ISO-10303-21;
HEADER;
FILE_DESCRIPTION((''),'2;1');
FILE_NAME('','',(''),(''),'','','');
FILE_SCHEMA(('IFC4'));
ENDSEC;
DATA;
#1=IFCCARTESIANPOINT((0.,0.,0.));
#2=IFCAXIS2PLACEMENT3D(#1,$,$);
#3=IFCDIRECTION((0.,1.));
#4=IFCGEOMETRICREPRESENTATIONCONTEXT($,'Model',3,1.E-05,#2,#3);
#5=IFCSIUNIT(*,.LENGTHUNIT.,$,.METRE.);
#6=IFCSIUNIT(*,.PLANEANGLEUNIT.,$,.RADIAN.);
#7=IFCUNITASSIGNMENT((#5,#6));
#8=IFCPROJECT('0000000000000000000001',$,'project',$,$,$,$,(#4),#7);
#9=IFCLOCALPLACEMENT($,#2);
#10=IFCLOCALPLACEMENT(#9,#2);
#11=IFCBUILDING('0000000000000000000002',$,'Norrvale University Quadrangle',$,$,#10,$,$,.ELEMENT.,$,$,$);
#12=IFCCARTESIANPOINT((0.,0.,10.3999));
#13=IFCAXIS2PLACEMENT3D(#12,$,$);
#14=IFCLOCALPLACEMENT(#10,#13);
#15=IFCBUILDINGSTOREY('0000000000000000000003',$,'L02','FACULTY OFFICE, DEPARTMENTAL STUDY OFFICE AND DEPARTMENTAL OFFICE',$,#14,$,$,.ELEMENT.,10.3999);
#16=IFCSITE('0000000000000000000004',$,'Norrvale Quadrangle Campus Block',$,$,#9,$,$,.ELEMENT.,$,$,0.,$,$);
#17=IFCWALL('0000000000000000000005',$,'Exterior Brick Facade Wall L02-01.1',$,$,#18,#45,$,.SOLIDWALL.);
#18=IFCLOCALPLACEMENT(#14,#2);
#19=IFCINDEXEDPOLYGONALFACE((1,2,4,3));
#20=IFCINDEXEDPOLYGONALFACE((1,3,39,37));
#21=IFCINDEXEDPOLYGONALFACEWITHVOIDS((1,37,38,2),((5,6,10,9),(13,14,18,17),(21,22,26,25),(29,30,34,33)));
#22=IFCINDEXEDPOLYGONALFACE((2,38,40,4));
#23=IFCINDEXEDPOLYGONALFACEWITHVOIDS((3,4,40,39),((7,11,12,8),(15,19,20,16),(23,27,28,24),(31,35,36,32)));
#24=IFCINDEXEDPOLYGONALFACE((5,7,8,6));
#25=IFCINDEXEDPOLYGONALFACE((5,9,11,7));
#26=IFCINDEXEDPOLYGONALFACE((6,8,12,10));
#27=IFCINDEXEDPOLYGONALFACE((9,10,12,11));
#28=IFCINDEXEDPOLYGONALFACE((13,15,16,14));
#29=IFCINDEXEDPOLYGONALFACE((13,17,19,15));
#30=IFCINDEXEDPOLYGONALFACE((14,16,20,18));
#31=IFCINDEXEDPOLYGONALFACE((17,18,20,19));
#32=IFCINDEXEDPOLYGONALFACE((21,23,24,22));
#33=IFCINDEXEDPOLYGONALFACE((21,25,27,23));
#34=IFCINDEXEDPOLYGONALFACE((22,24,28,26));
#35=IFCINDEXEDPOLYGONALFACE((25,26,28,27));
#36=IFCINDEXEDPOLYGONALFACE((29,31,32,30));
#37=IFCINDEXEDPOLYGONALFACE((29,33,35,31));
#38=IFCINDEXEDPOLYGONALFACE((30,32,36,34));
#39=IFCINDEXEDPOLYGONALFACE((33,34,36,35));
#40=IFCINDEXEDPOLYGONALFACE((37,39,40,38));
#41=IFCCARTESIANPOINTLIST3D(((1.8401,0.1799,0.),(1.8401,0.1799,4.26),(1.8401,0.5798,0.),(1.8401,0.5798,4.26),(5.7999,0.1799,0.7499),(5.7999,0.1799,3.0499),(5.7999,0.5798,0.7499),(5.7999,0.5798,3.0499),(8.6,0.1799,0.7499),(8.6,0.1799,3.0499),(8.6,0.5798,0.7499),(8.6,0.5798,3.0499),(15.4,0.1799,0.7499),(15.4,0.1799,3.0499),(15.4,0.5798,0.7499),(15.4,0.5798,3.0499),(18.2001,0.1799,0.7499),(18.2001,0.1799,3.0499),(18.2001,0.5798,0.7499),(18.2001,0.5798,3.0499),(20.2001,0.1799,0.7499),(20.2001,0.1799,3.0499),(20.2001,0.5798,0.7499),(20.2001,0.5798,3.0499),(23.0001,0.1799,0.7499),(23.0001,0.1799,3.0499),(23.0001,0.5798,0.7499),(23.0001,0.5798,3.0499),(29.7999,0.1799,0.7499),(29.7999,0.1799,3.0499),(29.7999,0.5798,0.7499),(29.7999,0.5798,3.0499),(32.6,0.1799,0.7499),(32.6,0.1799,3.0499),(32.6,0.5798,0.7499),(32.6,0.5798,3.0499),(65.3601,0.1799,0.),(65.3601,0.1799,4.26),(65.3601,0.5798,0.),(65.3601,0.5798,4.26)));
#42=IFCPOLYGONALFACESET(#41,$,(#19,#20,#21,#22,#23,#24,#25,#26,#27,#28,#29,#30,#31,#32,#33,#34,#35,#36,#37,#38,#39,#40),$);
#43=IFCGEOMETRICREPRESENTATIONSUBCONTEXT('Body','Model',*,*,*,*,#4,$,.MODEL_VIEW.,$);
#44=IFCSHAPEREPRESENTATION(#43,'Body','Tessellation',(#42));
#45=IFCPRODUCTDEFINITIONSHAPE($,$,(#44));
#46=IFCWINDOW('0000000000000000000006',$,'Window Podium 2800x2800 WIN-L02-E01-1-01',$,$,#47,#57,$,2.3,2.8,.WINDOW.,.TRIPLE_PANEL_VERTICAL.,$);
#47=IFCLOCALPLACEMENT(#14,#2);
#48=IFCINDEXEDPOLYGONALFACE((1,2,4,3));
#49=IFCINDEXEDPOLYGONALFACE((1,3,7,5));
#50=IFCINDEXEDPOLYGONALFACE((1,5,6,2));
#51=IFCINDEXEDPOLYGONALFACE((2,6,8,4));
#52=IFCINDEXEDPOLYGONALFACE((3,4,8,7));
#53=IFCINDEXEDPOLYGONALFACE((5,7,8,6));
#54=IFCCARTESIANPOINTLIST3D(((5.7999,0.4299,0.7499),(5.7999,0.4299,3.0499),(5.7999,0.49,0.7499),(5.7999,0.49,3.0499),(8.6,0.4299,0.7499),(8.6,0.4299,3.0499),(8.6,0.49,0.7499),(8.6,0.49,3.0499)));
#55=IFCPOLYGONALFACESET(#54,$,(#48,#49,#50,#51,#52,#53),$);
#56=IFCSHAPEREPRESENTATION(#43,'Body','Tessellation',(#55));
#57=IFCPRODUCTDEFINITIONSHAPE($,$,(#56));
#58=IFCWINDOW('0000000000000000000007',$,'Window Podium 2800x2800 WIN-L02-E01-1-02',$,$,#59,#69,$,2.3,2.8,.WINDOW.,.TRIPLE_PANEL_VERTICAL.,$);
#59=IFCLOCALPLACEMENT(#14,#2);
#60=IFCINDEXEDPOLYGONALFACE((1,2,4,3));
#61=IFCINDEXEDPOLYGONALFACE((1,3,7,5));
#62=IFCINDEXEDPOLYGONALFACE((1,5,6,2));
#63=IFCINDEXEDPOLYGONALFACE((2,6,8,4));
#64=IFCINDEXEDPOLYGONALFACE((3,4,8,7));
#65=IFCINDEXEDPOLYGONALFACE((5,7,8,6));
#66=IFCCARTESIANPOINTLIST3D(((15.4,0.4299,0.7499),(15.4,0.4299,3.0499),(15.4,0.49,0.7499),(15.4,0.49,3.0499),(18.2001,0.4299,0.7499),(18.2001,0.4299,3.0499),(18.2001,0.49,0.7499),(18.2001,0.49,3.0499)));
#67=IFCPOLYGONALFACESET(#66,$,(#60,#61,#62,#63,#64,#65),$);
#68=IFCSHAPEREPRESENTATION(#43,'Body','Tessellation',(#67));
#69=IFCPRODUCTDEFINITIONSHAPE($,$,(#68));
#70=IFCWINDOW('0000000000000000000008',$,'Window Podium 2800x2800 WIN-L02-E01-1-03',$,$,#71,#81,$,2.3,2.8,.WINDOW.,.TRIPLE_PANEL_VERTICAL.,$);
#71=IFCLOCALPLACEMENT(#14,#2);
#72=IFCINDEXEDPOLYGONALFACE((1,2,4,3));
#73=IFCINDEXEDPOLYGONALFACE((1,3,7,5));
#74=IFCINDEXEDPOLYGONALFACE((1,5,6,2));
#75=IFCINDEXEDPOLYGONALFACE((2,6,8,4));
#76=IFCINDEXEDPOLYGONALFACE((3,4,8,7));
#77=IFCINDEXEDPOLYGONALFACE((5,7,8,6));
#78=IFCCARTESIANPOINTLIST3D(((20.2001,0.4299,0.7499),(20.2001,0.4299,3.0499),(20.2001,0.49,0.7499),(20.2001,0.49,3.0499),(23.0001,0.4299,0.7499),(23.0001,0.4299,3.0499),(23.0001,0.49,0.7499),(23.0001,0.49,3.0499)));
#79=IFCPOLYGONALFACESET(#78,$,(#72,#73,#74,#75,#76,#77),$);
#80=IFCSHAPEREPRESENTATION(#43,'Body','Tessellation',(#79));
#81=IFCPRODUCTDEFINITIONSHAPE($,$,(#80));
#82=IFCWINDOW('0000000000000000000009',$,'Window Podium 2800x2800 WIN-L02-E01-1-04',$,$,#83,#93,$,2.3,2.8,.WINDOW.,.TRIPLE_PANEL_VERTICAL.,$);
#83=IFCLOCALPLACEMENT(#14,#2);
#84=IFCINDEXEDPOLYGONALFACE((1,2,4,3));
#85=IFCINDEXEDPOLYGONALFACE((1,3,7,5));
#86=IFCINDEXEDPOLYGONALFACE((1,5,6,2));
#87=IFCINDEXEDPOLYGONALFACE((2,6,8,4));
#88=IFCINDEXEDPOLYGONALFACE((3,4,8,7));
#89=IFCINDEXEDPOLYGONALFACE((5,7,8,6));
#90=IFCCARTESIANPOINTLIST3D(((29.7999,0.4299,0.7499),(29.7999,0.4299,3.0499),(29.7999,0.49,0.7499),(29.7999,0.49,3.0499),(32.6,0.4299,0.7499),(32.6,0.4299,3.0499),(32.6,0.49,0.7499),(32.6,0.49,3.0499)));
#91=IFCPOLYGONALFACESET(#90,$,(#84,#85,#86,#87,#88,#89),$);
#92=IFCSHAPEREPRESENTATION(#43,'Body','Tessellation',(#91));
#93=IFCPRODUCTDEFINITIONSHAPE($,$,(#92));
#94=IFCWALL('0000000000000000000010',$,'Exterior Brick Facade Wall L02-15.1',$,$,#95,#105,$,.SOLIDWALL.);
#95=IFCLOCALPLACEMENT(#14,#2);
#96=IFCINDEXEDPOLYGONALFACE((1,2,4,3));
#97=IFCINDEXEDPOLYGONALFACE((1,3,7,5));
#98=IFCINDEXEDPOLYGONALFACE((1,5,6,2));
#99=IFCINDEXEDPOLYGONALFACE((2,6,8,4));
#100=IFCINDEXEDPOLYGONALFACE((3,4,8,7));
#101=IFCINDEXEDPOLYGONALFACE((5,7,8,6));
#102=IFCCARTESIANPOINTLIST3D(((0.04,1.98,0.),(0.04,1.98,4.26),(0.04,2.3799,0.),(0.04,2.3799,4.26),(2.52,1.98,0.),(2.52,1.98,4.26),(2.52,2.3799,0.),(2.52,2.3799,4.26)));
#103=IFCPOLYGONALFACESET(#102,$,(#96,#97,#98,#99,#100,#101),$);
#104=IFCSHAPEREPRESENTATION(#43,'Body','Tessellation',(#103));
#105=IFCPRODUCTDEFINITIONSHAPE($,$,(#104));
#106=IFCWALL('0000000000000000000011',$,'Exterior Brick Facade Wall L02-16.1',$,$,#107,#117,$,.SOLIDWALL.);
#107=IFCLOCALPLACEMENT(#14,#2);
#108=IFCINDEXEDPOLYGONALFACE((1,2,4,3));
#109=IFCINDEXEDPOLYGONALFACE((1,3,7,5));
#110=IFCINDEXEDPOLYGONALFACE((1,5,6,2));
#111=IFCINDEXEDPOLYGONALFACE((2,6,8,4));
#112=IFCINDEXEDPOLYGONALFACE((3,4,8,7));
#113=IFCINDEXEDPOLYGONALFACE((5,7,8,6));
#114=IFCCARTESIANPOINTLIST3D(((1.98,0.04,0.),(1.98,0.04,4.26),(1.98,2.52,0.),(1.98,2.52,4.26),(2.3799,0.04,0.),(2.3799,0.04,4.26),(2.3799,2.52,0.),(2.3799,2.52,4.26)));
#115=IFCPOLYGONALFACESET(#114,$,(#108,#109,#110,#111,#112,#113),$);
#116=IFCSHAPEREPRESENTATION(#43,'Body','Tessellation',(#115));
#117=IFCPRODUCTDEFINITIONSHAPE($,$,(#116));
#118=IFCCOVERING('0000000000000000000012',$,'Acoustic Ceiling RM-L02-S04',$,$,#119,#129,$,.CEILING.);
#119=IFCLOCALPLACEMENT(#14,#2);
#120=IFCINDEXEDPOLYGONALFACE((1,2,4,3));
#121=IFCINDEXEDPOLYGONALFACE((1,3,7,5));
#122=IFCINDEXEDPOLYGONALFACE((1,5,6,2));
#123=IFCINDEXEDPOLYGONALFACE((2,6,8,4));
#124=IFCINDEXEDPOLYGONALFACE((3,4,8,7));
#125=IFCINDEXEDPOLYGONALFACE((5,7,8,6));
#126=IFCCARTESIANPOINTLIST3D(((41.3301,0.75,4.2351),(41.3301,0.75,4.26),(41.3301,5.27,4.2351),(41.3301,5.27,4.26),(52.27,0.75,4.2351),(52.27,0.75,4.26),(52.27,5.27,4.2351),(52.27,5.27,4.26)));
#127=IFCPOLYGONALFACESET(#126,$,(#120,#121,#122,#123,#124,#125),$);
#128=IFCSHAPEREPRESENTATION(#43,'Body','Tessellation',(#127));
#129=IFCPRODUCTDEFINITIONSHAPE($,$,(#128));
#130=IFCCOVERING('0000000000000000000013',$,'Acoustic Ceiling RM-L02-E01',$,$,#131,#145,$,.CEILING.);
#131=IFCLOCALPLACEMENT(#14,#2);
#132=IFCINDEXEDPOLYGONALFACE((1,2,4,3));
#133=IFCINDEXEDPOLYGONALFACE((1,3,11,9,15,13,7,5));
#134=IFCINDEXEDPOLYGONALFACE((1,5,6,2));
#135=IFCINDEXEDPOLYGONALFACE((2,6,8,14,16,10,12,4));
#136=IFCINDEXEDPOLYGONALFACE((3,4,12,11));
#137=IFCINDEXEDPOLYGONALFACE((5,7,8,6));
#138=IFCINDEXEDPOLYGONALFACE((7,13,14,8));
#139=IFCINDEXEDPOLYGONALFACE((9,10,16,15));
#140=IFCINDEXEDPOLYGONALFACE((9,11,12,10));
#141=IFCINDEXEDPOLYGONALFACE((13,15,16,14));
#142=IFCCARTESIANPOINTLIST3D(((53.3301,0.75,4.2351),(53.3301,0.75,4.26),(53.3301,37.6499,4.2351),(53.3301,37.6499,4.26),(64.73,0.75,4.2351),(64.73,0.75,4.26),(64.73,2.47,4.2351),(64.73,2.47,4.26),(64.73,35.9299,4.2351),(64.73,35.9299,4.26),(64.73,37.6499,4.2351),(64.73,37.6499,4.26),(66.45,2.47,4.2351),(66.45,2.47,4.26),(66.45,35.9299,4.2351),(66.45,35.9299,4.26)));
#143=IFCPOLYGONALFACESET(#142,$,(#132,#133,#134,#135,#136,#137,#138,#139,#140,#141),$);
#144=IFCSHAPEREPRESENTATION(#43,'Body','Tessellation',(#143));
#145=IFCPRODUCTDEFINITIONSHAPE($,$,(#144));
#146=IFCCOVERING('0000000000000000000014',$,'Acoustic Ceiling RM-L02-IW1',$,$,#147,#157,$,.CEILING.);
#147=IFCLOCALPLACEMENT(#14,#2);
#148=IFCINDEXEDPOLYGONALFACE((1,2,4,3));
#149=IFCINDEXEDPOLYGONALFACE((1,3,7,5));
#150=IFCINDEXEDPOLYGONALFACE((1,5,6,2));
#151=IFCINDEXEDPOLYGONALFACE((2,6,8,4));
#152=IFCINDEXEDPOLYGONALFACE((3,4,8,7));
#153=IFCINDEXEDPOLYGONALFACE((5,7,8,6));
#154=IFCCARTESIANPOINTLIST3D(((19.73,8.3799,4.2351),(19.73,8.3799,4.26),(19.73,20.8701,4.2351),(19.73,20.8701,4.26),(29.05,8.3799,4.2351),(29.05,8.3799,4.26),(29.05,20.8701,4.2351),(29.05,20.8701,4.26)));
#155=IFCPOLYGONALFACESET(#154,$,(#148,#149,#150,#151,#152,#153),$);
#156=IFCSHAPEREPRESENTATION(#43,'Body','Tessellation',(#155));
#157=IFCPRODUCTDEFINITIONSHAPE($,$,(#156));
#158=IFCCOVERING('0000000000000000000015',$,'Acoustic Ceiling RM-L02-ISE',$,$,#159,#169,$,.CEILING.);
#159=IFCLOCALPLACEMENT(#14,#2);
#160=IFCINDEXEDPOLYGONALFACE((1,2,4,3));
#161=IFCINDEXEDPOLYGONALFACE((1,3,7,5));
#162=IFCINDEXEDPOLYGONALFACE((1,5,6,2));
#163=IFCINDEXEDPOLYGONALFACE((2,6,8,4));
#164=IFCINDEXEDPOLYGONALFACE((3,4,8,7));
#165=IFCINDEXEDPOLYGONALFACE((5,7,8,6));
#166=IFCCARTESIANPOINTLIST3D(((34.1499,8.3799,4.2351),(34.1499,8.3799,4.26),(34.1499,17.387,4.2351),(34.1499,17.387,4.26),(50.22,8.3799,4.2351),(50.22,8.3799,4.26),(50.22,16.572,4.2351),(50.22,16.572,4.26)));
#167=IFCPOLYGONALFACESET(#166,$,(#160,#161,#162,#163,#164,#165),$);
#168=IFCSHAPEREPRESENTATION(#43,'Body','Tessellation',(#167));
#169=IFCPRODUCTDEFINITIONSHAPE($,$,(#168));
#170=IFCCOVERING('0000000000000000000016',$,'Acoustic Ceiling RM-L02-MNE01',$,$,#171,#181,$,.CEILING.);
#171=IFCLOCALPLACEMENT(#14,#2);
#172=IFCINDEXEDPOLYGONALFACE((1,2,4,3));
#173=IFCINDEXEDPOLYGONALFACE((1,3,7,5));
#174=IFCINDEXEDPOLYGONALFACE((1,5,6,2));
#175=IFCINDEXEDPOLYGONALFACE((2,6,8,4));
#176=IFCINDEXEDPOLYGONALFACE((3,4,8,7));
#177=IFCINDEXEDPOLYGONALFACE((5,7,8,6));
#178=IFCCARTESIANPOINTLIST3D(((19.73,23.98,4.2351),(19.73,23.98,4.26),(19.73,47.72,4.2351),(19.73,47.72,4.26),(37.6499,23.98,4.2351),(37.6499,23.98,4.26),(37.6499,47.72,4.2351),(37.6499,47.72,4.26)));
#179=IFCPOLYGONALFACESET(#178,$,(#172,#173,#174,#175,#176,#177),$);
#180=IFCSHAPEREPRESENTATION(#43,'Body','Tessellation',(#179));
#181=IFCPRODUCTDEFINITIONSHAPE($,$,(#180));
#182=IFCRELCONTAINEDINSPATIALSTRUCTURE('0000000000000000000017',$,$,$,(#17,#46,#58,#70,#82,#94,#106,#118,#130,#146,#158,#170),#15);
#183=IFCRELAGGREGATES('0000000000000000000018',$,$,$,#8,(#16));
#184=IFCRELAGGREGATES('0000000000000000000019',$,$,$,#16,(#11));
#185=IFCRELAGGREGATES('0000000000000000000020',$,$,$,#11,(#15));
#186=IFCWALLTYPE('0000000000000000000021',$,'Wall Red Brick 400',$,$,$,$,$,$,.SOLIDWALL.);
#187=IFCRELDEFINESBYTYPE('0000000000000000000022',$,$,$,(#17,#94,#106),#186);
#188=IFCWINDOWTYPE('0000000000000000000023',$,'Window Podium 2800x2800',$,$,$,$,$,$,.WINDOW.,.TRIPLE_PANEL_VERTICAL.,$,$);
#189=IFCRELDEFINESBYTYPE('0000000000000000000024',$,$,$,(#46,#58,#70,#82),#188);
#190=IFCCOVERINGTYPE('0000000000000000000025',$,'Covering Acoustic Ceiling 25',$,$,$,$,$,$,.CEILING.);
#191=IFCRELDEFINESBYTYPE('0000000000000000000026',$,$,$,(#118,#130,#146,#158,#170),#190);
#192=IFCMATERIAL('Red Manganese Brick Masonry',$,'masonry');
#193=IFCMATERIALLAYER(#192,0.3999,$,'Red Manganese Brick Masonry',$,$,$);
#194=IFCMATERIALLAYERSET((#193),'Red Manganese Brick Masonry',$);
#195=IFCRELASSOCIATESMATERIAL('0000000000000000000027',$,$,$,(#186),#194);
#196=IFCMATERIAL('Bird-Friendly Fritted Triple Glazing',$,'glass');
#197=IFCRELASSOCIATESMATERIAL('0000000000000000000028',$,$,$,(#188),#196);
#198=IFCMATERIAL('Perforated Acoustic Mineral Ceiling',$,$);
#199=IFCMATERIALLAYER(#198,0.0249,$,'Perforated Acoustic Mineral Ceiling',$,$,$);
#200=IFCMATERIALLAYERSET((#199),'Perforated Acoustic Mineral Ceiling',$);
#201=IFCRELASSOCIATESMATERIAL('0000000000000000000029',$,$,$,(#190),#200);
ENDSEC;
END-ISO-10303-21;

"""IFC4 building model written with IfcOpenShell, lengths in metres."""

from ifc_helpers import new_model, si_unit, direction, frame, frame_2d, origin, place, context, subcontext, project, spatial, polyline, rectangle, outline, extrude, material, layer, layer_set, type_object, element, fill, save


model = new_model("IFC4")

# Units and contexts
model_context = context("Model", 3, precision=1e-05, world=origin(), true_north=direction((0.0, 1.0)))
body_context = subcontext(model_context, "Body", "Model", "MODEL_VIEW")
ifc_project = project(units=[si_unit("LENGTHUNIT", "METRE"), si_unit("PLANEANGLEUNIT", "RADIAN")], contexts=[model_context])

# Site, building, storey
site_placement = place(None, origin())
site = spatial("IfcSite", under=ifc_project, at=site_placement, Name="Norrvale Quadrangle Campus Block", CompositionType="ELEMENT", RefElevation=0.0)
building_placement = place(site_placement, origin())
building = spatial("IfcBuilding", under=site, at=building_placement, Name="Norrvale University Quadrangle", CompositionType="ELEMENT")
storey_placement = place(building_placement, frame((0.0, 0.0, 10.3999)))
storey = spatial("IfcBuildingStorey", under=building, at=storey_placement, Name="L02", Description="FACULTY OFFICE, DEPARTMENTAL STUDY OFFICE AND DEPARTMENTAL OFFICE", CompositionType="ELEMENT", Elevation=10.3999)

# Wall, openings, windows
ifc_material_1 = material(Name="Red Manganese Brick Masonry", Category="masonry")
ifc_layer_1 = layer(ifc_material_1, 0.3999, Name="Red Manganese Brick Masonry")
ifc_layer_set_1 = layer_set([ifc_layer_1], Name="Red Manganese Brick Masonry")
wall_type_1 = type_object("IfcWallType", Name="Wall Red Brick 400", PredefinedType="SOLIDWALL", material=ifc_layer_set_1)
wall_1_placement = place(storey_placement, frame((1.8401, 0.3799, 0.0), z_axis=(0.0, 0.0, 1.0), x_axis=(1.0, 0.0, 0.0)))
wall_1 = element("IfcWall", 1, at=wall_1_placement, inside=storey, type_object=wall_type_1, Name="Exterior Brick Facade Wall L02-01.1", PredefinedType="SOLIDWALL", context=body_context, shape_type="SweptSolid", body=[
    extrude(rectangle(XDim=63.52, YDim=0.3999, at=frame_2d((31.76, 0.0))), origin(), (0.0, 0.0, 1.0), 4.26),
])
opening_1_placement = place(wall_1_placement, frame((3.96, 0.0, 0.75)))
opening_1 = element("IfcOpeningElement", 2, at=opening_1_placement, cuts=wall_1, PredefinedType="OPENING", context=body_context, shape_type="SweptSolid", body=[
    extrude(rectangle(XDim=2.8, YDim=2.3, at=frame_2d((1.3999, 1.1499))), frame((0.0, 0.2119, 0.0), z_axis=(0.0, -1.0, 0.0), x_axis=(1.0, 0.0, 0.0)), (0.0, 0.0, 1.0), 0.4238),
])
opening_2_placement = place(wall_1_placement, frame((13.5601, 0.0, 0.75)))
opening_2 = element("IfcOpeningElement", 3, at=opening_2_placement, cuts=wall_1, PredefinedType="OPENING", context=body_context, shape_type="SweptSolid", body=[
    extrude(rectangle(XDim=2.8, YDim=2.3, at=frame_2d((1.3999, 1.1499))), frame((0.0, 0.2119, 0.0), z_axis=(0.0, -1.0, 0.0), x_axis=(1.0, 0.0, 0.0)), (0.0, 0.0, 1.0), 0.4238),
])
opening_3_placement = place(wall_1_placement, frame((18.3601, 0.0, 0.75)))
opening_3 = element("IfcOpeningElement", 4, at=opening_3_placement, cuts=wall_1, PredefinedType="OPENING", context=body_context, shape_type="SweptSolid", body=[
    extrude(rectangle(XDim=2.8, YDim=2.3, at=frame_2d((1.3999, 1.1499))), frame((0.0, 0.2119, 0.0), z_axis=(0.0, -1.0, 0.0), x_axis=(1.0, 0.0, 0.0)), (0.0, 0.0, 1.0), 0.4238),
])
opening_4_placement = place(wall_1_placement, frame((27.96, 0.0, 0.75)))
opening_4 = element("IfcOpeningElement", 5, at=opening_4_placement, cuts=wall_1, PredefinedType="OPENING", context=body_context, shape_type="SweptSolid", body=[
    extrude(rectangle(XDim=2.8, YDim=2.3, at=frame_2d((1.3999, 1.1499))), frame((0.0, 0.2119, 0.0), z_axis=(0.0, -1.0, 0.0), x_axis=(1.0, 0.0, 0.0)), (0.0, 0.0, 1.0), 0.4238),
])
ifc_material_2 = material(Name="Bird-Friendly Fritted Triple Glazing", Category="glass")
window_type = type_object("IfcWindowType", Name="Window Podium 2800x2800", PartitioningType="TRIPLE_PANEL_VERTICAL", PredefinedType="WINDOW", material=ifc_material_2)
window_1_placement = place(opening_1_placement, origin())
window_1 = element("IfcWindow", 6, at=window_1_placement, inside=storey, type_object=window_type, Name="Window Podium 2800x2800 WIN-L02-E01-1-01", OverallHeight=2.3, OverallWidth=2.8, PartitioningType="TRIPLE_PANEL_VERTICAL", PredefinedType="WINDOW", context=body_context, shape_type="SweptSolid", body=[
    extrude(rectangle(XDim=2.8, YDim=2.3, at=frame_2d((1.3999, 1.1499))), frame((0.0, 0.1101, 0.0), z_axis=(0.0, -1.0, 0.0), x_axis=(1.0, 0.0, 0.0)), (0.0, 0.0, 1.0), 0.0601),
])
fill(opening_1, window_1)
window_2_placement = place(opening_2_placement, origin())
window_2 = element("IfcWindow", 7, at=window_2_placement, inside=storey, type_object=window_type, Name="Window Podium 2800x2800 WIN-L02-E01-1-02", OverallHeight=2.3, OverallWidth=2.8, PartitioningType="TRIPLE_PANEL_VERTICAL", PredefinedType="WINDOW", context=body_context, shape_type="SweptSolid", body=[
    extrude(rectangle(XDim=2.8, YDim=2.3, at=frame_2d((1.3999, 1.1499))), frame((0.0, 0.1101, 0.0), z_axis=(0.0, -1.0, 0.0), x_axis=(1.0, 0.0, 0.0)), (0.0, 0.0, 1.0), 0.0601),
])
fill(opening_2, window_2)
window_3_placement = place(opening_3_placement, origin())
window_3 = element("IfcWindow", 8, at=window_3_placement, inside=storey, type_object=window_type, Name="Window Podium 2800x2800 WIN-L02-E01-1-03", OverallHeight=2.3, OverallWidth=2.8, PartitioningType="TRIPLE_PANEL_VERTICAL", PredefinedType="WINDOW", context=body_context, shape_type="SweptSolid", body=[
    extrude(rectangle(XDim=2.8, YDim=2.3, at=frame_2d((1.3999, 1.1499))), frame((0.0, 0.1101, 0.0), z_axis=(0.0, -1.0, 0.0), x_axis=(1.0, 0.0, 0.0)), (0.0, 0.0, 1.0), 0.0601),
])
fill(opening_3, window_3)
window_4_placement = place(opening_4_placement, origin())
window_4 = element("IfcWindow", 9, at=window_4_placement, inside=storey, type_object=window_type, Name="Window Podium 2800x2800 WIN-L02-E01-1-04", OverallHeight=2.3, OverallWidth=2.8, PartitioningType="TRIPLE_PANEL_VERTICAL", PredefinedType="WINDOW", context=body_context, shape_type="SweptSolid", body=[
    extrude(rectangle(XDim=2.8, YDim=2.3, at=frame_2d((1.3999, 1.1499))), frame((0.0, 0.1101, 0.0), z_axis=(0.0, -1.0, 0.0), x_axis=(1.0, 0.0, 0.0)), (0.0, 0.0, 1.0), 0.0601),
])
fill(opening_4, window_4)

# Walls
for number, where, z_axis, x_axis, name in (
    (10, (0.04, 2.1799, 0.0), (0.0, 0.0, 1.0), (1.0, 0.0, 0.0), "Exterior Brick Facade Wall L02-15.1"),
    (11, (2.1799, 2.52, 0.0), (0.0, 0.0, 1.0), (0.0, -1.0, 0.0), "Exterior Brick Facade Wall L02-16.1"),
):
    element("IfcWall", number, at=place(storey_placement, frame(where, z_axis=z_axis, x_axis=x_axis)), inside=storey, type_object=wall_type_1, Name=name, PredefinedType="SOLIDWALL", context=body_context, shape_type="SweptSolid", body=[
        extrude(rectangle(XDim=2.48, YDim=0.3999, at=frame_2d((1.24, 0.0))), origin(), (0.0, 0.0, 1.0), 4.26),
    ])

# Coverings
ifc_material_3 = material(Name="Perforated Acoustic Mineral Ceiling")
ifc_layer_2 = layer(ifc_material_3, 0.0249, Name="Perforated Acoustic Mineral Ceiling")
ifc_layer_set_2 = layer_set([ifc_layer_2], Name="Perforated Acoustic Mineral Ceiling")
covering_type_1 = type_object("IfcCoveringType", Name="Covering Acoustic Ceiling 25", PredefinedType="CEILING", material=ifc_layer_set_2)
covering_1_placement = place(storey_placement, frame((0.0, 0.0, 4.2351)))
element("IfcCovering", 12, at=covering_1_placement, inside=storey, type_object=covering_type_1, Name="Acoustic Ceiling RM-L02-S04", PredefinedType="CEILING", context=body_context, shape_type="SweptSolid", body=[
    extrude(outline(polyline([(41.3301, 5.27), (52.27, 5.27), (52.27, 0.75), (41.3301, 0.75), (41.3301, 5.27)])), origin(), (0.0, 0.0, 1.0), 0.0249),
])
covering_2_placement = place(storey_placement, frame((0.0, 0.0, 4.2351)))
element("IfcCovering", 13, at=covering_2_placement, inside=storey, type_object=covering_type_1, Name="Acoustic Ceiling RM-L02-E01", PredefinedType="CEILING", context=body_context, shape_type="SweptSolid", body=[
    extrude(outline(polyline([(53.3301, 0.75), (53.3301, 37.6499), (64.73, 37.6499), (64.73, 35.9299), (66.45, 35.9299), (66.45, 2.47), (64.73, 2.47), (64.73, 0.75), (53.3301, 0.75)])), origin(), (0.0, 0.0, 1.0), 0.0249),
])
covering_3_placement = place(storey_placement, frame((0.0, 0.0, 4.2351)))
element("IfcCovering", 14, at=covering_3_placement, inside=storey, type_object=covering_type_1, Name="Acoustic Ceiling RM-L02-IW1", PredefinedType="CEILING", context=body_context, shape_type="SweptSolid", body=[
    extrude(outline(polyline([(19.73, 8.3799), (19.73, 20.8701), (29.05, 20.8701), (29.05, 8.3799), (19.73, 8.3799)])), origin(), (0.0, 0.0, 1.0), 0.0249),
])
covering_4_placement = place(storey_placement, frame((0.0, 0.0, 4.2351)))
element("IfcCovering", 15, at=covering_4_placement, inside=storey, type_object=covering_type_1, Name="Acoustic Ceiling RM-L02-ISE", PredefinedType="CEILING", context=body_context, shape_type="SweptSolid", body=[
    extrude(outline(polyline([(34.1499, 8.3799), (34.1499, 17.387), (50.22, 16.572), (50.22, 8.3799), (34.1499, 8.3799)])), origin(), (0.0, 0.0, 1.0), 0.0249),
])
covering_5_placement = place(storey_placement, frame((0.0, 0.0, 4.2351)))
element("IfcCovering", 16, at=covering_5_placement, inside=storey, type_object=covering_type_1, Name="Acoustic Ceiling RM-L02-MNE01", PredefinedType="CEILING", context=body_context, shape_type="SweptSolid", body=[
    extrude(outline(polyline([(19.73, 47.72), (37.6499, 47.72), (37.6499, 23.98), (19.73, 23.98), (19.73, 47.72)])), origin(), (0.0, 0.0, 1.0), 0.0249),
])

save(model, "model.ifc")
